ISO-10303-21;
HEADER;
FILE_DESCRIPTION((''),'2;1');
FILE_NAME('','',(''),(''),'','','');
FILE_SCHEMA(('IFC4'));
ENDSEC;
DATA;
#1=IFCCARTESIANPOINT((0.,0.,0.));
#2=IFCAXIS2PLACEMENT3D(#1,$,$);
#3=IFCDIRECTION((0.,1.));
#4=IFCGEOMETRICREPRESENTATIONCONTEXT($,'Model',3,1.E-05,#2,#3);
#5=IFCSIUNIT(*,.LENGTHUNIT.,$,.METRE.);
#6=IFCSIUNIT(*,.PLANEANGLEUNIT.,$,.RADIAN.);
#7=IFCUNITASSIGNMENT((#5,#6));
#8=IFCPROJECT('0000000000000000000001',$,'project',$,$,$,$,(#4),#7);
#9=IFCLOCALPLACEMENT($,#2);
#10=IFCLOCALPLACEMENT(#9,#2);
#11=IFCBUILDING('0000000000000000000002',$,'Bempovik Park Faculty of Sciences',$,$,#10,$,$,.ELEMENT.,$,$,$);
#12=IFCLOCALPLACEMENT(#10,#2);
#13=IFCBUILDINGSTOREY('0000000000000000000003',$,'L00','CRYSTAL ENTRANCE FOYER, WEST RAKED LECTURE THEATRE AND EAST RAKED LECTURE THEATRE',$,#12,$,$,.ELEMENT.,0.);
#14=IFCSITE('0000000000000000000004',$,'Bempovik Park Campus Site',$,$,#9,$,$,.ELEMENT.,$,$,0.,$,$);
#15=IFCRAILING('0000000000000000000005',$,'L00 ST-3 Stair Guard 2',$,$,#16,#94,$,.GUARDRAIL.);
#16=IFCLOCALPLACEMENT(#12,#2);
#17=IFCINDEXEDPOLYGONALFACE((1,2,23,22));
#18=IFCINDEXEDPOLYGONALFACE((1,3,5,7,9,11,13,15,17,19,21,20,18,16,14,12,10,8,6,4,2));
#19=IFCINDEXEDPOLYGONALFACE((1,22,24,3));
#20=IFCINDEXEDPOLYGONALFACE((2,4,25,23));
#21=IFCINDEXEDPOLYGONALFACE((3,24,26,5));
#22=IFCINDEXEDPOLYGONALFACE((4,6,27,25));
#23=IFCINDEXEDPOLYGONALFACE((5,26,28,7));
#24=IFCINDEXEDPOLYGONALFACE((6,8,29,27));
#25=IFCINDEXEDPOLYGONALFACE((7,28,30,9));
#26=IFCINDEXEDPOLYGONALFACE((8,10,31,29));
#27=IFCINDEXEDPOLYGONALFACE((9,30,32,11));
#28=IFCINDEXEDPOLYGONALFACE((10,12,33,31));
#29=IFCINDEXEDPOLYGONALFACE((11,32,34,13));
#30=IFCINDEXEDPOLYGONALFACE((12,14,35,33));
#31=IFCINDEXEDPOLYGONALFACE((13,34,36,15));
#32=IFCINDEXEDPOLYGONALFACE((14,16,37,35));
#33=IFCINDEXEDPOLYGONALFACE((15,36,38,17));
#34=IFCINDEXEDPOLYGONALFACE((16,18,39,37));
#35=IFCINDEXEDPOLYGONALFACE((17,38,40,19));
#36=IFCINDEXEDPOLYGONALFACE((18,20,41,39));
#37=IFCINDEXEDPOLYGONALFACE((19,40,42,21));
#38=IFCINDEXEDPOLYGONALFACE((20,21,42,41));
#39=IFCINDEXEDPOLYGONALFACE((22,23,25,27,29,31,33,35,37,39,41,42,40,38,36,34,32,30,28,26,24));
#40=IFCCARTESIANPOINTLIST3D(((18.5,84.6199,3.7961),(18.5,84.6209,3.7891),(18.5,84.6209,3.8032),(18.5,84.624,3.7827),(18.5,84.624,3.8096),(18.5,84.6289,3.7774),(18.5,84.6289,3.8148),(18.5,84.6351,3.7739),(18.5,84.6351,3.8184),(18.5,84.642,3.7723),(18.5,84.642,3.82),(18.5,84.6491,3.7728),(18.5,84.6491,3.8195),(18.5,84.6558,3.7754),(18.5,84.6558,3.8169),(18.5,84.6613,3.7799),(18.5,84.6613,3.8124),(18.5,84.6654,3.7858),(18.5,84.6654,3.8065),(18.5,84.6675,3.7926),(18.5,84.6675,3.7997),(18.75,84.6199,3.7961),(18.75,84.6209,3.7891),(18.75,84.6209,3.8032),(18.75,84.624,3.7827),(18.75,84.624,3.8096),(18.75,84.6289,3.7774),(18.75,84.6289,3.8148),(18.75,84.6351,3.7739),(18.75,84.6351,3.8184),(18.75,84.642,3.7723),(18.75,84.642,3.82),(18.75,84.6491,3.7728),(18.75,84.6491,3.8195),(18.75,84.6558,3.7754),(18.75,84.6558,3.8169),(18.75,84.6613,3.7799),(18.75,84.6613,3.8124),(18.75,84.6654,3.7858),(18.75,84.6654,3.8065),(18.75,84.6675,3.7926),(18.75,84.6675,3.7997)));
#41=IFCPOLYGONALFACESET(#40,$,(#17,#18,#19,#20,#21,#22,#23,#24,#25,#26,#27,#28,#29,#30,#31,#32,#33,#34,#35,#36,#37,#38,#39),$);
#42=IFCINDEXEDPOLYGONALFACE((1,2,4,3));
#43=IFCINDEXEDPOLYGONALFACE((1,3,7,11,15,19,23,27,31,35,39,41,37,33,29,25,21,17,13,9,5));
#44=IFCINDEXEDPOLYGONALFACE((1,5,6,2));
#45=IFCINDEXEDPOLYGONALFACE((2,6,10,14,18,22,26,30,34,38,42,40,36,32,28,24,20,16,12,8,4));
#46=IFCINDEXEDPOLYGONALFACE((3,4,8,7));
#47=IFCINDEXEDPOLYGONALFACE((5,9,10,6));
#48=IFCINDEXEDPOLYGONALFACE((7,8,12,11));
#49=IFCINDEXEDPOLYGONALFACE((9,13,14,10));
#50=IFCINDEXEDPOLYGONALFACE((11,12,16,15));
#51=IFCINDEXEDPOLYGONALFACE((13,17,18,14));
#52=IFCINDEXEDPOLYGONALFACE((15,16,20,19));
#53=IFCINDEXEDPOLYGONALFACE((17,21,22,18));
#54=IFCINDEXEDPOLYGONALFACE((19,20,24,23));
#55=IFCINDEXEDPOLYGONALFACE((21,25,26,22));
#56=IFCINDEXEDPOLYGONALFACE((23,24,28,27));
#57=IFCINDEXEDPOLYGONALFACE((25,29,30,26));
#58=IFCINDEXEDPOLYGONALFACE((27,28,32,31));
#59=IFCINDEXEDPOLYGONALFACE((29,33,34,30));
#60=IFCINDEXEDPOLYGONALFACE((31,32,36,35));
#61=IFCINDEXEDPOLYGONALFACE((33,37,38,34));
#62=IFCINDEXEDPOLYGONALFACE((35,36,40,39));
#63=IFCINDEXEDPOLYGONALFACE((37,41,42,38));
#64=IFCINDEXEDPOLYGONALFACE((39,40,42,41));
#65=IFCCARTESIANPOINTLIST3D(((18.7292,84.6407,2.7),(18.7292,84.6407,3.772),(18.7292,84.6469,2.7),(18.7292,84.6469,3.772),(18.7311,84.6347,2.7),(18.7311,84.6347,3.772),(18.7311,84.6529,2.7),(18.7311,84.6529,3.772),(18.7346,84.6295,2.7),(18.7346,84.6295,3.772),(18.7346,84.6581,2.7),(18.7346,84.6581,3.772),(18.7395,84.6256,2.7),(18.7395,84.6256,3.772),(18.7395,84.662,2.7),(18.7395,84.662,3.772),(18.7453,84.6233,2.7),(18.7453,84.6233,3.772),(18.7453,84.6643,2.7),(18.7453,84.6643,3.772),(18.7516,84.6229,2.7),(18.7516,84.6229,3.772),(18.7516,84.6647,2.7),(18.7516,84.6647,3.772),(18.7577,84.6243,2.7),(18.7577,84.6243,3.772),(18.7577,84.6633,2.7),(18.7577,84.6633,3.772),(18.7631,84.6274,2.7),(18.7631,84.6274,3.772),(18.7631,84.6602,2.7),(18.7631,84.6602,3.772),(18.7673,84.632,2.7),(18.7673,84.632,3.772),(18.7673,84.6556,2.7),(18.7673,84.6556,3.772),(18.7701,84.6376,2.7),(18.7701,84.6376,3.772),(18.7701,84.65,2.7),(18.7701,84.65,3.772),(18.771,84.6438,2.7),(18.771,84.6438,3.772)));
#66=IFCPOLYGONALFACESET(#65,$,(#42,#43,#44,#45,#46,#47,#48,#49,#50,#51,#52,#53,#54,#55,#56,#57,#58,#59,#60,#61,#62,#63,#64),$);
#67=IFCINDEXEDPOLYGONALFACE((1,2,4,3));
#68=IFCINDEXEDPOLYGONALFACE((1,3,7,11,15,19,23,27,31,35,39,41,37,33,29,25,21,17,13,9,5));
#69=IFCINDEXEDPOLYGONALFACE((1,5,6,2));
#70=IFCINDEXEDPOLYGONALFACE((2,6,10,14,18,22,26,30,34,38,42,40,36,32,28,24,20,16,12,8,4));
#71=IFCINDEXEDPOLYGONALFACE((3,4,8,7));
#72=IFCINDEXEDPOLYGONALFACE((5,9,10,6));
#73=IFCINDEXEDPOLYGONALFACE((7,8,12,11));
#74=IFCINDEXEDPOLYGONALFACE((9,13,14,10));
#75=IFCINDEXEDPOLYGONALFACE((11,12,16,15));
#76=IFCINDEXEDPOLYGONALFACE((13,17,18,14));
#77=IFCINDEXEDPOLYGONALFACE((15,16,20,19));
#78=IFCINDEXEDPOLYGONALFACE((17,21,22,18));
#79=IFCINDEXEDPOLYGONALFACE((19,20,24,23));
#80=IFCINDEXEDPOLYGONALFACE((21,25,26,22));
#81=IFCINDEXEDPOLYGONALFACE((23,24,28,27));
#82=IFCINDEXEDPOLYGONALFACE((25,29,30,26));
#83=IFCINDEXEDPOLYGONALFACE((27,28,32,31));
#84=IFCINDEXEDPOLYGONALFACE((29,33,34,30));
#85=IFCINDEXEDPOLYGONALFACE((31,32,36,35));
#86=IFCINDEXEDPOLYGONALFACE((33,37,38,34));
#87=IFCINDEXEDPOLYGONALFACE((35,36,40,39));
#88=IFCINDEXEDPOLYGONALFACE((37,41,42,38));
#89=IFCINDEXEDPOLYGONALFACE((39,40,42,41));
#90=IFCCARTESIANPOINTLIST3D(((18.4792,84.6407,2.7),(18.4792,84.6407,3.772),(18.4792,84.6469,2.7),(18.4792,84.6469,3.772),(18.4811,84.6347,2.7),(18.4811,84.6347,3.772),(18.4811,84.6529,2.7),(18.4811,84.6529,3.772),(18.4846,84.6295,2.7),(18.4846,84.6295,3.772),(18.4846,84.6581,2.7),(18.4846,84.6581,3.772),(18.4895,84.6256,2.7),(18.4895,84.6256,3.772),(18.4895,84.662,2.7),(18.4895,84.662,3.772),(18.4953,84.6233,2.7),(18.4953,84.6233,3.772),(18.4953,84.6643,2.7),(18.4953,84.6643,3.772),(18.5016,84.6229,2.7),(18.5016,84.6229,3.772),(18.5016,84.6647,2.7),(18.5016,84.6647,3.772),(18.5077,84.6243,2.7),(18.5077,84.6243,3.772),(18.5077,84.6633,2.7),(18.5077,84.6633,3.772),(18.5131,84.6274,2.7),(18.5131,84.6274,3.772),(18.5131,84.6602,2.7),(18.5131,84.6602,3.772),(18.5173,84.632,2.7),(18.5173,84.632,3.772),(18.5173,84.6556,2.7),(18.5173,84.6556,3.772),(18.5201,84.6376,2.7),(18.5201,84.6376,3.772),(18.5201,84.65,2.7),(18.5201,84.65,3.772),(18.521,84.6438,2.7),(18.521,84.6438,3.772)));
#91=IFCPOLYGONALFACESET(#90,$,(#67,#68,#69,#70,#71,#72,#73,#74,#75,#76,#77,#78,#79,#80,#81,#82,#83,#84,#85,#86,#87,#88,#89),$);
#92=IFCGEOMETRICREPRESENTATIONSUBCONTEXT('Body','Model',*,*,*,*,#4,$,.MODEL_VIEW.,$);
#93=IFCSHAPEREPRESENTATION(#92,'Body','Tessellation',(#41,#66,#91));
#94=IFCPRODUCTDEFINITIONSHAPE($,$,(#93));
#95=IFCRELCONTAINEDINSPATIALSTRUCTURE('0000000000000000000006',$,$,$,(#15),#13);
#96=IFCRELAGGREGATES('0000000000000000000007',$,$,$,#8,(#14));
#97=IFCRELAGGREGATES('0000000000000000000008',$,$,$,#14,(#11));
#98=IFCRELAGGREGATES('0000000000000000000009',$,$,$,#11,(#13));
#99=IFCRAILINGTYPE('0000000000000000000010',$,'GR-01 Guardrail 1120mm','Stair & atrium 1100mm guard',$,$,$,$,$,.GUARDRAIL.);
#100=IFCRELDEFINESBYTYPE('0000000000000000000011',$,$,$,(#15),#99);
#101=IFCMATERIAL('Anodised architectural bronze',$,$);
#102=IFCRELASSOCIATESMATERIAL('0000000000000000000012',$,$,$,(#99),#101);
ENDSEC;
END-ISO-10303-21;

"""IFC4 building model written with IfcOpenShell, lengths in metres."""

from ifc_helpers import new_model, si_unit, direction, frame, origin, origin_2d, place, context, subcontext, project, spatial, circle, extrude, material, type_object, element, save


model = new_model("IFC4")

# Units and contexts
model_context = context("Model", 3, precision=1e-05, world=origin(), true_north=direction((0.0, 1.0)))
body_context = subcontext(model_context, "Body", "Model", "MODEL_VIEW")
ifc_project = project(units=[si_unit("LENGTHUNIT", "METRE"), si_unit("PLANEANGLEUNIT", "RADIAN")], contexts=[model_context])

# Site, building, storey
site_placement = place(None, origin())
site = spatial("IfcSite", under=ifc_project, at=site_placement, Name="Bempovik Park Campus Site", CompositionType="ELEMENT", RefElevation=0.0)
building_placement = place(site_placement, origin())
building = spatial("IfcBuilding", under=site, at=building_placement, Name="Bempovik Park Faculty of Sciences", CompositionType="ELEMENT")
storey_placement = place(building_placement, origin())
storey = spatial("IfcBuildingStorey", under=building, at=storey_placement, Name="L00", Description="CRYSTAL ENTRANCE FOYER, WEST RAKED LECTURE THEATRE AND EAST RAKED LECTURE THEATRE", CompositionType="ELEMENT", Elevation=0.0)

# Railing
ifc_material_1 = material(Name="Anodised architectural bronze")
railing_type_1 = type_object("IfcRailingType", Name="GR-01 Guardrail 1120mm", Description="Stair & atrium 1100mm guard", PredefinedType="GUARDRAIL", material=ifc_material_1)
railing_1_placement = place(storey_placement, frame((18.75, 84.6438, 2.7)))
element("IfcRailing", 1, at=railing_1_placement, inside=storey, type_object=railing_type_1, Name="L00 ST-3 Stair Guard 2", PredefinedType="GUARDRAIL", context=body_context, shape_type="SweptSolid", body=[
    extrude(circle(Radius=0.0239, at=origin_2d()), frame((0.0, 0.0, 1.0962), z_axis=(-1.0, 0.0, 0.0), x_axis=(0.0, -1.0, 0.0)), (0.0, 0.0, 1.0), 0.25),
    extrude(circle(Radius=0.021, at=origin_2d()), origin(), (0.0, 0.0, 1.0), 1.072),
    extrude(circle(Radius=0.021, at=origin_2d()), frame((-0.25, 0.0, 0.0)), (0.0, 0.0, 1.0), 1.072),
])

save(model, "model.ifc")
